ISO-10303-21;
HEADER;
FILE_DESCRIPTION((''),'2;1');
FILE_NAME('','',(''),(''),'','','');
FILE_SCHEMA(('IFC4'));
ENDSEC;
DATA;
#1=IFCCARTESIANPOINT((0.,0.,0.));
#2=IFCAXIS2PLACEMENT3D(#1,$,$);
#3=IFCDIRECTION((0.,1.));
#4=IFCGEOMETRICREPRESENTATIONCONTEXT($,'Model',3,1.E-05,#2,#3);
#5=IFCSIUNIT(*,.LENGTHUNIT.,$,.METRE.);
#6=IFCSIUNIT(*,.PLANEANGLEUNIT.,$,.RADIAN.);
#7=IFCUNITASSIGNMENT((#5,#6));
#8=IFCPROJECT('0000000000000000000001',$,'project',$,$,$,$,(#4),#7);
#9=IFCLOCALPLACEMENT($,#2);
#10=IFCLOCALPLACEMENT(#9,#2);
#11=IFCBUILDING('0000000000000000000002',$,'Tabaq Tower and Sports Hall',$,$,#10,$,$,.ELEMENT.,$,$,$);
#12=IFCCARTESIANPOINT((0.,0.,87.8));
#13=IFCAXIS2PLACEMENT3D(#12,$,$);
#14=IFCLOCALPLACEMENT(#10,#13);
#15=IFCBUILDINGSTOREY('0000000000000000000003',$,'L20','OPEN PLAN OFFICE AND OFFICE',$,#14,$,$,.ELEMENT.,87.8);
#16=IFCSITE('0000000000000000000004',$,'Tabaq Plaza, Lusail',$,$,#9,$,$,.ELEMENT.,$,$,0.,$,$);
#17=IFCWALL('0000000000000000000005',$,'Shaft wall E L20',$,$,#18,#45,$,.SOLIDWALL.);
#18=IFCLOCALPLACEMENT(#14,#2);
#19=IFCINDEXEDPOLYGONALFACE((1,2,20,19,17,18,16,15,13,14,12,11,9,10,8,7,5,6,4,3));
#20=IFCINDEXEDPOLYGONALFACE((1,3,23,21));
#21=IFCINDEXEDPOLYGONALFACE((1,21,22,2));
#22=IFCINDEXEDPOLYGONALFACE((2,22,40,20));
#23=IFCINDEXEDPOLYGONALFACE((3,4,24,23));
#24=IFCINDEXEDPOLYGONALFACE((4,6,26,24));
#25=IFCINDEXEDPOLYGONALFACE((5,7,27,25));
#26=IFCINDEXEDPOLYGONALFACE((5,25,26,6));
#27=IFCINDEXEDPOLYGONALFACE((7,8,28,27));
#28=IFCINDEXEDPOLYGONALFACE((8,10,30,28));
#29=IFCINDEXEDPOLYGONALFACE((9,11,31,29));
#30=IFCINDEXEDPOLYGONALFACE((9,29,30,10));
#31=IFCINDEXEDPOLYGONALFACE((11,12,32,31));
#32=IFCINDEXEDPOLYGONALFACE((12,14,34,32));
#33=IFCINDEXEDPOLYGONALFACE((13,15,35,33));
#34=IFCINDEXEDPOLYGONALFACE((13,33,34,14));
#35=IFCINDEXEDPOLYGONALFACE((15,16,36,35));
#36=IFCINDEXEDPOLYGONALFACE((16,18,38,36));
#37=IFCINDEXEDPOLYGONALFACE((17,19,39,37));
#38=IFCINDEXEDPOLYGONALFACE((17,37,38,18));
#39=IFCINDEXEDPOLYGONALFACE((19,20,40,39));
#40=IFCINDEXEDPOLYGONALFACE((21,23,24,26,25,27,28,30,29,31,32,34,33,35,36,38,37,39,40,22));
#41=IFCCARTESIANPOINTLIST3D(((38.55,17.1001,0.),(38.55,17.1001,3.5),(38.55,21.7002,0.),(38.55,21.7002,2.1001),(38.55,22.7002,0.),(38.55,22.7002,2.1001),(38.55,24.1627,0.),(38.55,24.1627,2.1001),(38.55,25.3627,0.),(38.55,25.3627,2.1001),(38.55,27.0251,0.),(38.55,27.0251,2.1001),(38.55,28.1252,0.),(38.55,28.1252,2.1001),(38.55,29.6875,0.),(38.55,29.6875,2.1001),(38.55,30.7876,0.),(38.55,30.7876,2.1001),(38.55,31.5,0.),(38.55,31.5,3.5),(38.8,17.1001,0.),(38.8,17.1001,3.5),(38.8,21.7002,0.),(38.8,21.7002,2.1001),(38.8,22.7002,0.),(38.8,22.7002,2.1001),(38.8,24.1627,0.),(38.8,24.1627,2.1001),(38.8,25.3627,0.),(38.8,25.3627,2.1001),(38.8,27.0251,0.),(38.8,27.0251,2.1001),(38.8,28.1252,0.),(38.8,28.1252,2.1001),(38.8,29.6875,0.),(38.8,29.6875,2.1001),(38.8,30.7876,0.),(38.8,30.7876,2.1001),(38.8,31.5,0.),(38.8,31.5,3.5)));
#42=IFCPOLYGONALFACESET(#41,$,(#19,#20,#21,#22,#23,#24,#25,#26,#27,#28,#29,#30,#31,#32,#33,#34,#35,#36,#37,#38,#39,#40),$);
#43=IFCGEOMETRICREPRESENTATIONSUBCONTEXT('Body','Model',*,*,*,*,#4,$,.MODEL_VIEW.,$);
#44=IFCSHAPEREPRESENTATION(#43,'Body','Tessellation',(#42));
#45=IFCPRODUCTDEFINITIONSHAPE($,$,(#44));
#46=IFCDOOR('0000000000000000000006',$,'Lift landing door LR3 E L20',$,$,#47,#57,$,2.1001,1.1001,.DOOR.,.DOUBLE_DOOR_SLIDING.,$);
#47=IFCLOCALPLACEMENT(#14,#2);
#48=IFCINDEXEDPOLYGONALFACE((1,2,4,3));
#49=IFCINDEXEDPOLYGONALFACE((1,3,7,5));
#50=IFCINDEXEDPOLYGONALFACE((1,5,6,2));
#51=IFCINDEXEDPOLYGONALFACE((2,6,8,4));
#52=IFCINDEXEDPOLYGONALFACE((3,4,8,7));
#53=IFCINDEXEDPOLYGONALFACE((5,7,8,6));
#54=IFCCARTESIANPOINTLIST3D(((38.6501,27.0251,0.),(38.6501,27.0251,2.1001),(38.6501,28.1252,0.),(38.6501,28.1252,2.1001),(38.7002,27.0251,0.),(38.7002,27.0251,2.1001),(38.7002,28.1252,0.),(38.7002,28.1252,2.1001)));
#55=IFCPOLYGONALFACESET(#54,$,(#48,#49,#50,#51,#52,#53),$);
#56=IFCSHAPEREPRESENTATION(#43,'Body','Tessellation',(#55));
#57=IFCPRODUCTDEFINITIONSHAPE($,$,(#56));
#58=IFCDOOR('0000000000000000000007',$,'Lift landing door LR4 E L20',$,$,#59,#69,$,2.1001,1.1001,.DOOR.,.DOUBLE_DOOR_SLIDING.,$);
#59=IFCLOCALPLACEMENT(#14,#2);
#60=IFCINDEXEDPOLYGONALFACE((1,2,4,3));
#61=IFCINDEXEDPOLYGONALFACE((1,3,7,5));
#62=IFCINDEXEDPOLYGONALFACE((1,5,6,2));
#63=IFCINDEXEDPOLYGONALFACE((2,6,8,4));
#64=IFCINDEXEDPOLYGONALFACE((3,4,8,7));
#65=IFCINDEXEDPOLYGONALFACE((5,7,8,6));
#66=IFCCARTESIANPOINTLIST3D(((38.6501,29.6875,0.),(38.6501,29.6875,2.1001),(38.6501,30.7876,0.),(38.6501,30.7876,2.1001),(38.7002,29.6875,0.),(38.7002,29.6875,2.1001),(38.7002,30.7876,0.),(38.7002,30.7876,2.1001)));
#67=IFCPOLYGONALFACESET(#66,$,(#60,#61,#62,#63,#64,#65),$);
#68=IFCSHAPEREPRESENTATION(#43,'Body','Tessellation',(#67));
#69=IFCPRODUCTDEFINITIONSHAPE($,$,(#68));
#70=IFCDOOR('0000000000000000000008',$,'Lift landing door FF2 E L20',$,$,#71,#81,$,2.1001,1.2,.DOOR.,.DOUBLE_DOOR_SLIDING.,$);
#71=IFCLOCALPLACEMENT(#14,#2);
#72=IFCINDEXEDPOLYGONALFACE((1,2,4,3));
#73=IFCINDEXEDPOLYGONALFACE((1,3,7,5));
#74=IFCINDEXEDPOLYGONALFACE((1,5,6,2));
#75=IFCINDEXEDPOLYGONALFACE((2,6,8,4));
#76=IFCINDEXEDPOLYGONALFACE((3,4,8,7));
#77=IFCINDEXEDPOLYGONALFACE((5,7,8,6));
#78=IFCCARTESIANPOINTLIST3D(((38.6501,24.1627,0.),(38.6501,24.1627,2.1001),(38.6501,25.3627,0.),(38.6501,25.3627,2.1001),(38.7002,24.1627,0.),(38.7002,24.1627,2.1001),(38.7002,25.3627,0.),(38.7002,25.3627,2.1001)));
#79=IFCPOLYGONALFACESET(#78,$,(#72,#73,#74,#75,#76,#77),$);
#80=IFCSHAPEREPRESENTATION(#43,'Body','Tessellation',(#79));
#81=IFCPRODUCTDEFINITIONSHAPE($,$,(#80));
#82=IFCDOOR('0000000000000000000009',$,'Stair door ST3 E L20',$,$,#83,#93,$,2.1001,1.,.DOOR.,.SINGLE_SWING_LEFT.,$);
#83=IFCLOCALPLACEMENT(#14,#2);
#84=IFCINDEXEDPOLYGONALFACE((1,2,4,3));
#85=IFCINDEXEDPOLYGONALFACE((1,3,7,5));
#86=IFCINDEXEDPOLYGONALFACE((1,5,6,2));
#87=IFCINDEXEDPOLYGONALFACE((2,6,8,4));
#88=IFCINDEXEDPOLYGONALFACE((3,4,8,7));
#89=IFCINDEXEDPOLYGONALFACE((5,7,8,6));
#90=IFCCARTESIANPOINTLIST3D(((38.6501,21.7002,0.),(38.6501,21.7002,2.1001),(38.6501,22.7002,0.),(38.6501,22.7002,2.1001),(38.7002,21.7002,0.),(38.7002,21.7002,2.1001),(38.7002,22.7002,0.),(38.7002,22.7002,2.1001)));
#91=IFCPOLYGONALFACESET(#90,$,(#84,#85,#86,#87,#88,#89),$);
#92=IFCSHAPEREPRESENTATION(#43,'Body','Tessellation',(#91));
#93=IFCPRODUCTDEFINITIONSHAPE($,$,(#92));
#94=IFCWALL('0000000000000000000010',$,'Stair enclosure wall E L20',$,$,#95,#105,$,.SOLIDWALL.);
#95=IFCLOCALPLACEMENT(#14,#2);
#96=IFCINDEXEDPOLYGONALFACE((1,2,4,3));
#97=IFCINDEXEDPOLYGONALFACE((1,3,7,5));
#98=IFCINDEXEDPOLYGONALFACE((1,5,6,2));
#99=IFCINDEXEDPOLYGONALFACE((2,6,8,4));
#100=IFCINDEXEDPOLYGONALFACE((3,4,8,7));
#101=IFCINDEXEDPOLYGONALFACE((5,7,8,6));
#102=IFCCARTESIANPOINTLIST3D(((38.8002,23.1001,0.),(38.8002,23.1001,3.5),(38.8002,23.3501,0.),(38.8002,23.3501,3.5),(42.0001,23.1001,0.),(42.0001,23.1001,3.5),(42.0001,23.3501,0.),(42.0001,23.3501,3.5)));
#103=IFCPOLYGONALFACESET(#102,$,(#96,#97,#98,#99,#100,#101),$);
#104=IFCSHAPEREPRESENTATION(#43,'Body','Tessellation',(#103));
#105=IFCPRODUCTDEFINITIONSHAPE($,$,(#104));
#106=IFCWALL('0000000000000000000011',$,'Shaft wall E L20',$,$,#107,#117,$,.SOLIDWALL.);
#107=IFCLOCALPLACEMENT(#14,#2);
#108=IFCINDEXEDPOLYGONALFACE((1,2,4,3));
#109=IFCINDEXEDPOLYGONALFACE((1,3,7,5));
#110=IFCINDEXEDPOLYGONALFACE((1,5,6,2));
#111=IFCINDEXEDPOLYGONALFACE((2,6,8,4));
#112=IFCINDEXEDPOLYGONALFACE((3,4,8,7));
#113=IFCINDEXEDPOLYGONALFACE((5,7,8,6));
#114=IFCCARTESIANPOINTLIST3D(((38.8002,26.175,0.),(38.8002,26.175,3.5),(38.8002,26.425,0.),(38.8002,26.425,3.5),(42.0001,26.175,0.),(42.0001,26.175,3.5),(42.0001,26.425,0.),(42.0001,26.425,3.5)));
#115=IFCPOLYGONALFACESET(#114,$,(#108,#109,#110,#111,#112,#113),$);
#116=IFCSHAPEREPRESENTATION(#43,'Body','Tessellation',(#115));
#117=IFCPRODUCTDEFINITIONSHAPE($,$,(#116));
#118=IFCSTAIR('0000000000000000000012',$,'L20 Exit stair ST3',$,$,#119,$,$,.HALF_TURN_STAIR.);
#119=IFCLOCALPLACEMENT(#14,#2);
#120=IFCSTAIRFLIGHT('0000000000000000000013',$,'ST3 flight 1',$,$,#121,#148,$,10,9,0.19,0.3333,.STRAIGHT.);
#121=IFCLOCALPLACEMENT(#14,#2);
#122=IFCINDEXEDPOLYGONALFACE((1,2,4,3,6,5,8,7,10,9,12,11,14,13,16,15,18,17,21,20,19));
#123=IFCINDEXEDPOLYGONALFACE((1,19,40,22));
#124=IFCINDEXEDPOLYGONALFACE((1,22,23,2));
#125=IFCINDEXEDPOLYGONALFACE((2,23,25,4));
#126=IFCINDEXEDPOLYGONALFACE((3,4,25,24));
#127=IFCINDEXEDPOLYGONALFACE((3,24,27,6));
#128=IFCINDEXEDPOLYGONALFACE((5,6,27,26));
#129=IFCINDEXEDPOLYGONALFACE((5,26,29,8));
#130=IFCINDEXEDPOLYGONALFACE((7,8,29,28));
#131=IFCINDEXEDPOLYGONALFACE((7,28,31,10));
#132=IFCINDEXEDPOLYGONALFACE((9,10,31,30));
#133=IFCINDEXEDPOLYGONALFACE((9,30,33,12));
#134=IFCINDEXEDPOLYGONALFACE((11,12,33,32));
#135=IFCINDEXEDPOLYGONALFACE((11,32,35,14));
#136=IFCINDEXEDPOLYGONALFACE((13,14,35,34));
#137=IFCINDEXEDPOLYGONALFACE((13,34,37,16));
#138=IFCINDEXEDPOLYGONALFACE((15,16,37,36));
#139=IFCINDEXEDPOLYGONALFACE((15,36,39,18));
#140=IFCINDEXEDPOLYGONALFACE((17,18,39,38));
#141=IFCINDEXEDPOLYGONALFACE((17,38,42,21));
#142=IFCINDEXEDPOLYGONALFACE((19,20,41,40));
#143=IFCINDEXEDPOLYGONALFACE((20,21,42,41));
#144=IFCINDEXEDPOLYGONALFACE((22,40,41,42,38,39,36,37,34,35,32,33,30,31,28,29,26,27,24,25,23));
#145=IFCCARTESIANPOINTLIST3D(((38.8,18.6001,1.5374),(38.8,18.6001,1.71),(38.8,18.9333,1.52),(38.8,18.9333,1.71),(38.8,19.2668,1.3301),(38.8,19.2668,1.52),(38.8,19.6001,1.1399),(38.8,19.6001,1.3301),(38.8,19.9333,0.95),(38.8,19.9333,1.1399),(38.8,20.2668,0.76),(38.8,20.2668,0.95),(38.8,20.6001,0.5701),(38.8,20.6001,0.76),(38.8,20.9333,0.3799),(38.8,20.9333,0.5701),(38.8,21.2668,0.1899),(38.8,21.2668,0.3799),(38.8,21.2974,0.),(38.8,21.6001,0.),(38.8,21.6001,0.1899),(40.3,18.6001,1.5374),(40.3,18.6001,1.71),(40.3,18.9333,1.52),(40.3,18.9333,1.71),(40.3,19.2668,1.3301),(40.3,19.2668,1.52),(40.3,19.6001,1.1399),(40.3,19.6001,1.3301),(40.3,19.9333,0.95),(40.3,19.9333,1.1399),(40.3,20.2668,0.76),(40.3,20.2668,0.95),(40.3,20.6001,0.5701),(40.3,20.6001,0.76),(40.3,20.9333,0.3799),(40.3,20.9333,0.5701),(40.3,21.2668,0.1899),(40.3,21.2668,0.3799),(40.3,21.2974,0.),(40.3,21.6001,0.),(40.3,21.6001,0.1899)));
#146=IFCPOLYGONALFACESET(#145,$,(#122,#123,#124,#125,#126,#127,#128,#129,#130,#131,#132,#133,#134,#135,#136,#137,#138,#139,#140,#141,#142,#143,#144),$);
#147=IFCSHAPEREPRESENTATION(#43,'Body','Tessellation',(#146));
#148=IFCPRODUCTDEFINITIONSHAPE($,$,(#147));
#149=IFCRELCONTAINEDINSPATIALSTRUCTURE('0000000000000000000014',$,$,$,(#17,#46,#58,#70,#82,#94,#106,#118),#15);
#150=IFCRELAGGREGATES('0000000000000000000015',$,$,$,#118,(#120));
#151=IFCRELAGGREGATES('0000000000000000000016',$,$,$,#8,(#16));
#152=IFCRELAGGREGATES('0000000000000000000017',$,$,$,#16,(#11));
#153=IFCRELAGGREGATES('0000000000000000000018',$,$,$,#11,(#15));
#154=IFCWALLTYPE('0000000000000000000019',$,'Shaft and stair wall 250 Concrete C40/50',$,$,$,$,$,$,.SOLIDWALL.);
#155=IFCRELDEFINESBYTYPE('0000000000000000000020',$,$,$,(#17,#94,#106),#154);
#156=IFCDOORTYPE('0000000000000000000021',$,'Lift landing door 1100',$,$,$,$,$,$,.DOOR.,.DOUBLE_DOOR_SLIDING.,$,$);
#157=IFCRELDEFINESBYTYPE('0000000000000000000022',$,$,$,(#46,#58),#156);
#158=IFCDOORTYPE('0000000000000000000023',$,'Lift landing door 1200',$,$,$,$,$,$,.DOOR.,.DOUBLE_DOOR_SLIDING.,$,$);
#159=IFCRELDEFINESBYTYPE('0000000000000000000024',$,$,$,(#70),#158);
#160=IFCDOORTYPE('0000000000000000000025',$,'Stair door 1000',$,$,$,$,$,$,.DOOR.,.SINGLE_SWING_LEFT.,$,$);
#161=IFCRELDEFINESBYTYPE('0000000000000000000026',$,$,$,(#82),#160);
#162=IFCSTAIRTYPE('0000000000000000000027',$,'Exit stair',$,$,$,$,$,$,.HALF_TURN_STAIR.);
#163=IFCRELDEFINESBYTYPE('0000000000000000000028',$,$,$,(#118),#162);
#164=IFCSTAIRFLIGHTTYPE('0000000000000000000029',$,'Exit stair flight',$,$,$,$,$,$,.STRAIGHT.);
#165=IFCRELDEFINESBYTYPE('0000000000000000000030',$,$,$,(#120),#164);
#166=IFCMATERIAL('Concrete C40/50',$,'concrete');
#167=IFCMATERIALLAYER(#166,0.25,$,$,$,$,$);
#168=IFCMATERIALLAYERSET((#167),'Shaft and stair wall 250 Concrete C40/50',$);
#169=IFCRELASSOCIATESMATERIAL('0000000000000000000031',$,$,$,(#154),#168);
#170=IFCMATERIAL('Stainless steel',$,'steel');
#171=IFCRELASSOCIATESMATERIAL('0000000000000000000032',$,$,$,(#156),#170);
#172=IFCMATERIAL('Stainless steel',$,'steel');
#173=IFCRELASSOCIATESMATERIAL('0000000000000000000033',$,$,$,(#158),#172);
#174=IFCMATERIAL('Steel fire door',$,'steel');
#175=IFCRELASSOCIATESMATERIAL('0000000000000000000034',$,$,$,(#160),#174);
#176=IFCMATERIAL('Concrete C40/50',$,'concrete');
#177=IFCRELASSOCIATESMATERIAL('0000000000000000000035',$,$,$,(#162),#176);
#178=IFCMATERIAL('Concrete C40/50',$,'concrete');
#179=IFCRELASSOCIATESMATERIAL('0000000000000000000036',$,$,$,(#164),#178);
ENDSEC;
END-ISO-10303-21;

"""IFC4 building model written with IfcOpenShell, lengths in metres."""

from ifc_helpers import new_model, si_unit, direction, frame, frame_2d, origin, place, context, subcontext, project, spatial, polyline, rectangle, outline, extrude, material, layer, layer_set, type_object, element, fill, aggregate, save


model = new_model("IFC4")

# Units and contexts
model_context = context("Model", 3, precision=1e-05, world=origin(), true_north=direction((0.0, 1.0)))
body_context = subcontext(model_context, "Body", "Model", "MODEL_VIEW")
ifc_project = project(units=[si_unit("LENGTHUNIT", "METRE"), si_unit("PLANEANGLEUNIT", "RADIAN")], contexts=[model_context])

# Site, building, storey
site_placement = place(None, origin())
site = spatial("IfcSite", under=ifc_project, at=site_placement, Name="Tabaq Plaza, Lusail", CompositionType="ELEMENT", RefElevation=0.0)
building_placement = place(site_placement, origin())
building = spatial("IfcBuilding", under=site, at=building_placement, Name="Tabaq Tower and Sports Hall", CompositionType="ELEMENT")
storey_placement = place(building_placement, frame((0.0, 0.0, 87.8)))
storey = spatial("IfcBuildingStorey", under=building, at=storey_placement, Name="L20", Description="OPEN PLAN OFFICE AND OFFICE", CompositionType="ELEMENT", Elevation=87.8)

# Wall, openings, doors
ifc_material_1 = material(Name="Concrete C40/50", Category="concrete")
ifc_layer_1 = layer(ifc_material_1, 0.25)
ifc_layer_set_1 = layer_set([ifc_layer_1], Name="Shaft and stair wall 250 Concrete C40/50")
wall_type_1 = type_object("IfcWallType", Name="Shaft and stair wall 250 Concrete C40/50", PredefinedType="SOLIDWALL", material=ifc_layer_set_1)
wall_1_placement = place(storey_placement, frame((38.675, 17.1001, 0.0), z_axis=(0.0, 0.0, 1.0), x_axis=(0.0, 1.0, 0.0)))
wall_1 = element("IfcWall", 1, at=wall_1_placement, inside=storey, type_object=wall_type_1, Name="Shaft wall E L20", PredefinedType="SOLIDWALL", context=body_context, shape_type="SweptSolid", body=[
    extrude(rectangle(XDim=14.3999, YDim=0.25, at=frame_2d((7.2, 0.0))), origin(), (0.0, 0.0, 1.0), 3.5),
])
opening_1_placement = place(wall_1_placement, frame((4.6001, 0.0, 0.0)))
opening_1 = element("IfcOpeningElement", 2, at=opening_1_placement, cuts=wall_1, PredefinedType="OPENING", context=body_context, shape_type="SweptSolid", body=[
    extrude(rectangle(XDim=1.0, YDim=2.1001, at=frame_2d((0.5, 1.05))), frame((0.0, 0.125, 0.0), z_axis=(0.0, -1.0, 0.0), x_axis=(1.0, 0.0, 0.0)), (0.0, 0.0, 1.0), 0.25),
])
opening_2_placement = place(wall_1_placement, frame((7.0625, 0.0, 0.0)))
opening_2 = element("IfcOpeningElement", 3, at=opening_2_placement, cuts=wall_1, PredefinedType="OPENING", context=body_context, shape_type="SweptSolid", body=[
    extrude(rectangle(XDim=1.2, YDim=2.1001, at=frame_2d((0.6001, 1.05))), frame((0.0, 0.125, 0.0), z_axis=(0.0, -1.0, 0.0), x_axis=(1.0, 0.0, 0.0)), (0.0, 0.0, 1.0), 0.25),
])
opening_3_placement = place(wall_1_placement, frame((9.925, 0.0, 0.0)))
opening_3 = element("IfcOpeningElement", 4, at=opening_3_placement, cuts=wall_1, PredefinedType="OPENING", context=body_context, shape_type="SweptSolid", body=[
    extrude(rectangle(XDim=1.1001, YDim=2.1001, at=frame_2d((0.55, 1.05))), frame((0.0, 0.125, 0.0), z_axis=(0.0, -1.0, 0.0), x_axis=(1.0, 0.0, 0.0)), (0.0, 0.0, 1.0), 0.25),
])
opening_4_placement = place(wall_1_placement, frame((12.5874, 0.0, 0.0)))
opening_4 = element("IfcOpeningElement", 5, at=opening_4_placement, cuts=wall_1, PredefinedType="OPENING", context=body_context, shape_type="SweptSolid", body=[
    extrude(rectangle(XDim=1.1001, YDim=2.1001, at=frame_2d((0.55, 1.05))), frame((0.0, 0.125, 0.0), z_axis=(0.0, -1.0, 0.0), x_axis=(1.0, 0.0, 0.0)), (0.0, 0.0, 1.0), 0.25),
])
ifc_material_2 = material(Name="Stainless steel", Category="steel")
door_type_1 = type_object("IfcDoorType", Name="Lift landing door 1100", OperationType="DOUBLE_DOOR_SLIDING", PredefinedType="DOOR", material=ifc_material_2)
door_1_placement = place(opening_3_placement, origin())
door_1 = element("IfcDoor", 6, at=door_1_placement, inside=storey, type_object=door_type_1, Name="Lift landing door LR3 E L20", OperationType="DOUBLE_DOOR_SLIDING", OverallHeight=2.1001, OverallWidth=1.1001, PredefinedType="DOOR", context=body_context, shape_type="SweptSolid", body=[
    extrude(rectangle(XDim=1.1001, YDim=2.1001, at=frame_2d((0.55, 1.05))), frame((0.0, 0.0249, 0.0), z_axis=(0.0, -1.0, 0.0), x_axis=(1.0, 0.0, 0.0)), (0.0, 0.0, 1.0), 0.05),
])
fill(opening_3, door_1)
door_2_placement = place(opening_4_placement, origin())
door_2 = element("IfcDoor", 7, at=door_2_placement, inside=storey, type_object=door_type_1, Name="Lift landing door LR4 E L20", OperationType="DOUBLE_DOOR_SLIDING", OverallHeight=2.1001, OverallWidth=1.1001, PredefinedType="DOOR", context=body_context, shape_type="SweptSolid", body=[
    extrude(rectangle(XDim=1.1001, YDim=2.1001, at=frame_2d((0.55, 1.05))), frame((0.0, 0.0249, 0.0), z_axis=(0.0, -1.0, 0.0), x_axis=(1.0, 0.0, 0.0)), (0.0, 0.0, 1.0), 0.05),
])
fill(opening_4, door_2)
ifc_material_3 = material(Name="Stainless steel", Category="steel")
door_type_2 = type_object("IfcDoorType", Name="Lift landing door 1200", OperationType="DOUBLE_DOOR_SLIDING", PredefinedType="DOOR", material=ifc_material_3)
door_3_placement = place(opening_2_placement, origin())
door_3 = element("IfcDoor", 8, at=door_3_placement, inside=storey, type_object=door_type_2, Name="Lift landing door FF2 E L20", OperationType="DOUBLE_DOOR_SLIDING", OverallHeight=2.1001, OverallWidth=1.2, PredefinedType="DOOR", context=body_context, shape_type="SweptSolid", body=[
    extrude(rectangle(XDim=1.2, YDim=2.1001, at=frame_2d((0.6001, 1.05))), frame((0.0, 0.0249, 0.0), z_axis=(0.0, -1.0, 0.0), x_axis=(1.0, 0.0, 0.0)), (0.0, 0.0, 1.0), 0.05),
])
fill(opening_2, door_3)
ifc_material_4 = material(Name="Steel fire door", Category="steel")
door_type_3 = type_object("IfcDoorType", Name="Stair door 1000", OperationType="SINGLE_SWING_LEFT", PredefinedType="DOOR", material=ifc_material_4)
door_4_placement = place(opening_1_placement, origin())
door_4 = element("IfcDoor", 9, at=door_4_placement, inside=storey, type_object=door_type_3, Name="Stair door ST3 E L20", OperationType="SINGLE_SWING_LEFT", OverallHeight=2.1001, OverallWidth=1.0, PredefinedType="DOOR", context=body_context, shape_type="SweptSolid", body=[
    extrude(rectangle(XDim=1.0, YDim=2.1001, at=frame_2d((0.5, 1.05))), frame((0.0, 0.0249, 0.0), z_axis=(0.0, -1.0, 0.0), x_axis=(1.0, 0.0, 0.0)), (0.0, 0.0, 1.0), 0.05),
])
fill(opening_1, door_4)

# Walls
for number, where, z_axis, x_axis, name in (
    (10, (38.8, 23.2251, 0.0), (0.0, 0.0, 1.0), (1.0, 0.0, 0.0), "Stair enclosure wall E L20"),
    (11, (38.8, 26.3, 0.0), (0.0, 0.0, 1.0), (1.0, 0.0, 0.0), "Shaft wall E L20"),
):
    element("IfcWall", number, at=place(storey_placement, frame(where, z_axis=z_axis, x_axis=x_axis)), inside=storey, type_object=wall_type_1, Name=name, PredefinedType="SOLIDWALL", context=body_context, shape_type="SweptSolid", body=[
        extrude(rectangle(XDim=3.2, YDim=0.25, at=frame_2d((1.6001, 0.0))), origin(), (0.0, 0.0, 1.0), 3.5),
    ])

# Stair, stair flight
ifc_material_5 = material(Name="Concrete C40/50", Category="concrete")
stair_type = type_object("IfcStairType", Name="Exit stair", PredefinedType="HALF_TURN_STAIR", material=ifc_material_5)
stair_placement = place(storey_placement, origin())
stair = element("IfcStair", 12, at=stair_placement, inside=storey, type_object=stair_type, Name="L20 Exit stair ST3", PredefinedType="HALF_TURN_STAIR")
ifc_material_6 = material(Name="Concrete C40/50", Category="concrete")
stair_flight_type = type_object("IfcStairFlightType", Name="Exit stair flight", PredefinedType="STRAIGHT", material=ifc_material_6)
stair_flight_1_placement = place(storey_placement, frame((39.55, 21.6001, 0.0), z_axis=(0.0, 0.0, 1.0), x_axis=(0.0, -1.0, 0.0)))
stair_flight_1 = element("IfcStairFlight", 13, at=stair_flight_1_placement, type_object=stair_flight_type, Name="ST3 flight 1", NumberOfRisers=10, NumberOfTreads=9, PredefinedType="STRAIGHT", RiserHeight=0.19, TreadLength=0.3333, context=body_context, shape_type="SweptSolid", body=[
    extrude(outline(polyline([(0.0, 0.0), (0.0, 0.1899), (0.3333, 0.1899), (0.3333, 0.3799), (0.6667, 0.3799), (0.6667, 0.5701), (1.0, 0.5701), (1.0, 0.76), (1.3333, 0.76), (1.3333, 0.95), (1.6667, 0.95), (1.6667, 1.1399), (2.0, 1.1399), (2.0, 1.3301), (2.3333, 1.3301), (2.3333, 1.52), (2.6667, 1.52), (2.6667, 1.71), (3.0, 1.71), (3.0, 1.8999), (3.0, 1.5374), (0.3027, 0.0), (0.0, 0.0)])), frame((0.0, 0.75, 0.0), z_axis=(0.0, -1.0, 0.0), x_axis=(1.0, 0.0, 0.0)), (0.0, 0.0, 1.0), 1.5),
])
aggregate(stair, [stair_flight_1])

save(model, "model.ifc")
